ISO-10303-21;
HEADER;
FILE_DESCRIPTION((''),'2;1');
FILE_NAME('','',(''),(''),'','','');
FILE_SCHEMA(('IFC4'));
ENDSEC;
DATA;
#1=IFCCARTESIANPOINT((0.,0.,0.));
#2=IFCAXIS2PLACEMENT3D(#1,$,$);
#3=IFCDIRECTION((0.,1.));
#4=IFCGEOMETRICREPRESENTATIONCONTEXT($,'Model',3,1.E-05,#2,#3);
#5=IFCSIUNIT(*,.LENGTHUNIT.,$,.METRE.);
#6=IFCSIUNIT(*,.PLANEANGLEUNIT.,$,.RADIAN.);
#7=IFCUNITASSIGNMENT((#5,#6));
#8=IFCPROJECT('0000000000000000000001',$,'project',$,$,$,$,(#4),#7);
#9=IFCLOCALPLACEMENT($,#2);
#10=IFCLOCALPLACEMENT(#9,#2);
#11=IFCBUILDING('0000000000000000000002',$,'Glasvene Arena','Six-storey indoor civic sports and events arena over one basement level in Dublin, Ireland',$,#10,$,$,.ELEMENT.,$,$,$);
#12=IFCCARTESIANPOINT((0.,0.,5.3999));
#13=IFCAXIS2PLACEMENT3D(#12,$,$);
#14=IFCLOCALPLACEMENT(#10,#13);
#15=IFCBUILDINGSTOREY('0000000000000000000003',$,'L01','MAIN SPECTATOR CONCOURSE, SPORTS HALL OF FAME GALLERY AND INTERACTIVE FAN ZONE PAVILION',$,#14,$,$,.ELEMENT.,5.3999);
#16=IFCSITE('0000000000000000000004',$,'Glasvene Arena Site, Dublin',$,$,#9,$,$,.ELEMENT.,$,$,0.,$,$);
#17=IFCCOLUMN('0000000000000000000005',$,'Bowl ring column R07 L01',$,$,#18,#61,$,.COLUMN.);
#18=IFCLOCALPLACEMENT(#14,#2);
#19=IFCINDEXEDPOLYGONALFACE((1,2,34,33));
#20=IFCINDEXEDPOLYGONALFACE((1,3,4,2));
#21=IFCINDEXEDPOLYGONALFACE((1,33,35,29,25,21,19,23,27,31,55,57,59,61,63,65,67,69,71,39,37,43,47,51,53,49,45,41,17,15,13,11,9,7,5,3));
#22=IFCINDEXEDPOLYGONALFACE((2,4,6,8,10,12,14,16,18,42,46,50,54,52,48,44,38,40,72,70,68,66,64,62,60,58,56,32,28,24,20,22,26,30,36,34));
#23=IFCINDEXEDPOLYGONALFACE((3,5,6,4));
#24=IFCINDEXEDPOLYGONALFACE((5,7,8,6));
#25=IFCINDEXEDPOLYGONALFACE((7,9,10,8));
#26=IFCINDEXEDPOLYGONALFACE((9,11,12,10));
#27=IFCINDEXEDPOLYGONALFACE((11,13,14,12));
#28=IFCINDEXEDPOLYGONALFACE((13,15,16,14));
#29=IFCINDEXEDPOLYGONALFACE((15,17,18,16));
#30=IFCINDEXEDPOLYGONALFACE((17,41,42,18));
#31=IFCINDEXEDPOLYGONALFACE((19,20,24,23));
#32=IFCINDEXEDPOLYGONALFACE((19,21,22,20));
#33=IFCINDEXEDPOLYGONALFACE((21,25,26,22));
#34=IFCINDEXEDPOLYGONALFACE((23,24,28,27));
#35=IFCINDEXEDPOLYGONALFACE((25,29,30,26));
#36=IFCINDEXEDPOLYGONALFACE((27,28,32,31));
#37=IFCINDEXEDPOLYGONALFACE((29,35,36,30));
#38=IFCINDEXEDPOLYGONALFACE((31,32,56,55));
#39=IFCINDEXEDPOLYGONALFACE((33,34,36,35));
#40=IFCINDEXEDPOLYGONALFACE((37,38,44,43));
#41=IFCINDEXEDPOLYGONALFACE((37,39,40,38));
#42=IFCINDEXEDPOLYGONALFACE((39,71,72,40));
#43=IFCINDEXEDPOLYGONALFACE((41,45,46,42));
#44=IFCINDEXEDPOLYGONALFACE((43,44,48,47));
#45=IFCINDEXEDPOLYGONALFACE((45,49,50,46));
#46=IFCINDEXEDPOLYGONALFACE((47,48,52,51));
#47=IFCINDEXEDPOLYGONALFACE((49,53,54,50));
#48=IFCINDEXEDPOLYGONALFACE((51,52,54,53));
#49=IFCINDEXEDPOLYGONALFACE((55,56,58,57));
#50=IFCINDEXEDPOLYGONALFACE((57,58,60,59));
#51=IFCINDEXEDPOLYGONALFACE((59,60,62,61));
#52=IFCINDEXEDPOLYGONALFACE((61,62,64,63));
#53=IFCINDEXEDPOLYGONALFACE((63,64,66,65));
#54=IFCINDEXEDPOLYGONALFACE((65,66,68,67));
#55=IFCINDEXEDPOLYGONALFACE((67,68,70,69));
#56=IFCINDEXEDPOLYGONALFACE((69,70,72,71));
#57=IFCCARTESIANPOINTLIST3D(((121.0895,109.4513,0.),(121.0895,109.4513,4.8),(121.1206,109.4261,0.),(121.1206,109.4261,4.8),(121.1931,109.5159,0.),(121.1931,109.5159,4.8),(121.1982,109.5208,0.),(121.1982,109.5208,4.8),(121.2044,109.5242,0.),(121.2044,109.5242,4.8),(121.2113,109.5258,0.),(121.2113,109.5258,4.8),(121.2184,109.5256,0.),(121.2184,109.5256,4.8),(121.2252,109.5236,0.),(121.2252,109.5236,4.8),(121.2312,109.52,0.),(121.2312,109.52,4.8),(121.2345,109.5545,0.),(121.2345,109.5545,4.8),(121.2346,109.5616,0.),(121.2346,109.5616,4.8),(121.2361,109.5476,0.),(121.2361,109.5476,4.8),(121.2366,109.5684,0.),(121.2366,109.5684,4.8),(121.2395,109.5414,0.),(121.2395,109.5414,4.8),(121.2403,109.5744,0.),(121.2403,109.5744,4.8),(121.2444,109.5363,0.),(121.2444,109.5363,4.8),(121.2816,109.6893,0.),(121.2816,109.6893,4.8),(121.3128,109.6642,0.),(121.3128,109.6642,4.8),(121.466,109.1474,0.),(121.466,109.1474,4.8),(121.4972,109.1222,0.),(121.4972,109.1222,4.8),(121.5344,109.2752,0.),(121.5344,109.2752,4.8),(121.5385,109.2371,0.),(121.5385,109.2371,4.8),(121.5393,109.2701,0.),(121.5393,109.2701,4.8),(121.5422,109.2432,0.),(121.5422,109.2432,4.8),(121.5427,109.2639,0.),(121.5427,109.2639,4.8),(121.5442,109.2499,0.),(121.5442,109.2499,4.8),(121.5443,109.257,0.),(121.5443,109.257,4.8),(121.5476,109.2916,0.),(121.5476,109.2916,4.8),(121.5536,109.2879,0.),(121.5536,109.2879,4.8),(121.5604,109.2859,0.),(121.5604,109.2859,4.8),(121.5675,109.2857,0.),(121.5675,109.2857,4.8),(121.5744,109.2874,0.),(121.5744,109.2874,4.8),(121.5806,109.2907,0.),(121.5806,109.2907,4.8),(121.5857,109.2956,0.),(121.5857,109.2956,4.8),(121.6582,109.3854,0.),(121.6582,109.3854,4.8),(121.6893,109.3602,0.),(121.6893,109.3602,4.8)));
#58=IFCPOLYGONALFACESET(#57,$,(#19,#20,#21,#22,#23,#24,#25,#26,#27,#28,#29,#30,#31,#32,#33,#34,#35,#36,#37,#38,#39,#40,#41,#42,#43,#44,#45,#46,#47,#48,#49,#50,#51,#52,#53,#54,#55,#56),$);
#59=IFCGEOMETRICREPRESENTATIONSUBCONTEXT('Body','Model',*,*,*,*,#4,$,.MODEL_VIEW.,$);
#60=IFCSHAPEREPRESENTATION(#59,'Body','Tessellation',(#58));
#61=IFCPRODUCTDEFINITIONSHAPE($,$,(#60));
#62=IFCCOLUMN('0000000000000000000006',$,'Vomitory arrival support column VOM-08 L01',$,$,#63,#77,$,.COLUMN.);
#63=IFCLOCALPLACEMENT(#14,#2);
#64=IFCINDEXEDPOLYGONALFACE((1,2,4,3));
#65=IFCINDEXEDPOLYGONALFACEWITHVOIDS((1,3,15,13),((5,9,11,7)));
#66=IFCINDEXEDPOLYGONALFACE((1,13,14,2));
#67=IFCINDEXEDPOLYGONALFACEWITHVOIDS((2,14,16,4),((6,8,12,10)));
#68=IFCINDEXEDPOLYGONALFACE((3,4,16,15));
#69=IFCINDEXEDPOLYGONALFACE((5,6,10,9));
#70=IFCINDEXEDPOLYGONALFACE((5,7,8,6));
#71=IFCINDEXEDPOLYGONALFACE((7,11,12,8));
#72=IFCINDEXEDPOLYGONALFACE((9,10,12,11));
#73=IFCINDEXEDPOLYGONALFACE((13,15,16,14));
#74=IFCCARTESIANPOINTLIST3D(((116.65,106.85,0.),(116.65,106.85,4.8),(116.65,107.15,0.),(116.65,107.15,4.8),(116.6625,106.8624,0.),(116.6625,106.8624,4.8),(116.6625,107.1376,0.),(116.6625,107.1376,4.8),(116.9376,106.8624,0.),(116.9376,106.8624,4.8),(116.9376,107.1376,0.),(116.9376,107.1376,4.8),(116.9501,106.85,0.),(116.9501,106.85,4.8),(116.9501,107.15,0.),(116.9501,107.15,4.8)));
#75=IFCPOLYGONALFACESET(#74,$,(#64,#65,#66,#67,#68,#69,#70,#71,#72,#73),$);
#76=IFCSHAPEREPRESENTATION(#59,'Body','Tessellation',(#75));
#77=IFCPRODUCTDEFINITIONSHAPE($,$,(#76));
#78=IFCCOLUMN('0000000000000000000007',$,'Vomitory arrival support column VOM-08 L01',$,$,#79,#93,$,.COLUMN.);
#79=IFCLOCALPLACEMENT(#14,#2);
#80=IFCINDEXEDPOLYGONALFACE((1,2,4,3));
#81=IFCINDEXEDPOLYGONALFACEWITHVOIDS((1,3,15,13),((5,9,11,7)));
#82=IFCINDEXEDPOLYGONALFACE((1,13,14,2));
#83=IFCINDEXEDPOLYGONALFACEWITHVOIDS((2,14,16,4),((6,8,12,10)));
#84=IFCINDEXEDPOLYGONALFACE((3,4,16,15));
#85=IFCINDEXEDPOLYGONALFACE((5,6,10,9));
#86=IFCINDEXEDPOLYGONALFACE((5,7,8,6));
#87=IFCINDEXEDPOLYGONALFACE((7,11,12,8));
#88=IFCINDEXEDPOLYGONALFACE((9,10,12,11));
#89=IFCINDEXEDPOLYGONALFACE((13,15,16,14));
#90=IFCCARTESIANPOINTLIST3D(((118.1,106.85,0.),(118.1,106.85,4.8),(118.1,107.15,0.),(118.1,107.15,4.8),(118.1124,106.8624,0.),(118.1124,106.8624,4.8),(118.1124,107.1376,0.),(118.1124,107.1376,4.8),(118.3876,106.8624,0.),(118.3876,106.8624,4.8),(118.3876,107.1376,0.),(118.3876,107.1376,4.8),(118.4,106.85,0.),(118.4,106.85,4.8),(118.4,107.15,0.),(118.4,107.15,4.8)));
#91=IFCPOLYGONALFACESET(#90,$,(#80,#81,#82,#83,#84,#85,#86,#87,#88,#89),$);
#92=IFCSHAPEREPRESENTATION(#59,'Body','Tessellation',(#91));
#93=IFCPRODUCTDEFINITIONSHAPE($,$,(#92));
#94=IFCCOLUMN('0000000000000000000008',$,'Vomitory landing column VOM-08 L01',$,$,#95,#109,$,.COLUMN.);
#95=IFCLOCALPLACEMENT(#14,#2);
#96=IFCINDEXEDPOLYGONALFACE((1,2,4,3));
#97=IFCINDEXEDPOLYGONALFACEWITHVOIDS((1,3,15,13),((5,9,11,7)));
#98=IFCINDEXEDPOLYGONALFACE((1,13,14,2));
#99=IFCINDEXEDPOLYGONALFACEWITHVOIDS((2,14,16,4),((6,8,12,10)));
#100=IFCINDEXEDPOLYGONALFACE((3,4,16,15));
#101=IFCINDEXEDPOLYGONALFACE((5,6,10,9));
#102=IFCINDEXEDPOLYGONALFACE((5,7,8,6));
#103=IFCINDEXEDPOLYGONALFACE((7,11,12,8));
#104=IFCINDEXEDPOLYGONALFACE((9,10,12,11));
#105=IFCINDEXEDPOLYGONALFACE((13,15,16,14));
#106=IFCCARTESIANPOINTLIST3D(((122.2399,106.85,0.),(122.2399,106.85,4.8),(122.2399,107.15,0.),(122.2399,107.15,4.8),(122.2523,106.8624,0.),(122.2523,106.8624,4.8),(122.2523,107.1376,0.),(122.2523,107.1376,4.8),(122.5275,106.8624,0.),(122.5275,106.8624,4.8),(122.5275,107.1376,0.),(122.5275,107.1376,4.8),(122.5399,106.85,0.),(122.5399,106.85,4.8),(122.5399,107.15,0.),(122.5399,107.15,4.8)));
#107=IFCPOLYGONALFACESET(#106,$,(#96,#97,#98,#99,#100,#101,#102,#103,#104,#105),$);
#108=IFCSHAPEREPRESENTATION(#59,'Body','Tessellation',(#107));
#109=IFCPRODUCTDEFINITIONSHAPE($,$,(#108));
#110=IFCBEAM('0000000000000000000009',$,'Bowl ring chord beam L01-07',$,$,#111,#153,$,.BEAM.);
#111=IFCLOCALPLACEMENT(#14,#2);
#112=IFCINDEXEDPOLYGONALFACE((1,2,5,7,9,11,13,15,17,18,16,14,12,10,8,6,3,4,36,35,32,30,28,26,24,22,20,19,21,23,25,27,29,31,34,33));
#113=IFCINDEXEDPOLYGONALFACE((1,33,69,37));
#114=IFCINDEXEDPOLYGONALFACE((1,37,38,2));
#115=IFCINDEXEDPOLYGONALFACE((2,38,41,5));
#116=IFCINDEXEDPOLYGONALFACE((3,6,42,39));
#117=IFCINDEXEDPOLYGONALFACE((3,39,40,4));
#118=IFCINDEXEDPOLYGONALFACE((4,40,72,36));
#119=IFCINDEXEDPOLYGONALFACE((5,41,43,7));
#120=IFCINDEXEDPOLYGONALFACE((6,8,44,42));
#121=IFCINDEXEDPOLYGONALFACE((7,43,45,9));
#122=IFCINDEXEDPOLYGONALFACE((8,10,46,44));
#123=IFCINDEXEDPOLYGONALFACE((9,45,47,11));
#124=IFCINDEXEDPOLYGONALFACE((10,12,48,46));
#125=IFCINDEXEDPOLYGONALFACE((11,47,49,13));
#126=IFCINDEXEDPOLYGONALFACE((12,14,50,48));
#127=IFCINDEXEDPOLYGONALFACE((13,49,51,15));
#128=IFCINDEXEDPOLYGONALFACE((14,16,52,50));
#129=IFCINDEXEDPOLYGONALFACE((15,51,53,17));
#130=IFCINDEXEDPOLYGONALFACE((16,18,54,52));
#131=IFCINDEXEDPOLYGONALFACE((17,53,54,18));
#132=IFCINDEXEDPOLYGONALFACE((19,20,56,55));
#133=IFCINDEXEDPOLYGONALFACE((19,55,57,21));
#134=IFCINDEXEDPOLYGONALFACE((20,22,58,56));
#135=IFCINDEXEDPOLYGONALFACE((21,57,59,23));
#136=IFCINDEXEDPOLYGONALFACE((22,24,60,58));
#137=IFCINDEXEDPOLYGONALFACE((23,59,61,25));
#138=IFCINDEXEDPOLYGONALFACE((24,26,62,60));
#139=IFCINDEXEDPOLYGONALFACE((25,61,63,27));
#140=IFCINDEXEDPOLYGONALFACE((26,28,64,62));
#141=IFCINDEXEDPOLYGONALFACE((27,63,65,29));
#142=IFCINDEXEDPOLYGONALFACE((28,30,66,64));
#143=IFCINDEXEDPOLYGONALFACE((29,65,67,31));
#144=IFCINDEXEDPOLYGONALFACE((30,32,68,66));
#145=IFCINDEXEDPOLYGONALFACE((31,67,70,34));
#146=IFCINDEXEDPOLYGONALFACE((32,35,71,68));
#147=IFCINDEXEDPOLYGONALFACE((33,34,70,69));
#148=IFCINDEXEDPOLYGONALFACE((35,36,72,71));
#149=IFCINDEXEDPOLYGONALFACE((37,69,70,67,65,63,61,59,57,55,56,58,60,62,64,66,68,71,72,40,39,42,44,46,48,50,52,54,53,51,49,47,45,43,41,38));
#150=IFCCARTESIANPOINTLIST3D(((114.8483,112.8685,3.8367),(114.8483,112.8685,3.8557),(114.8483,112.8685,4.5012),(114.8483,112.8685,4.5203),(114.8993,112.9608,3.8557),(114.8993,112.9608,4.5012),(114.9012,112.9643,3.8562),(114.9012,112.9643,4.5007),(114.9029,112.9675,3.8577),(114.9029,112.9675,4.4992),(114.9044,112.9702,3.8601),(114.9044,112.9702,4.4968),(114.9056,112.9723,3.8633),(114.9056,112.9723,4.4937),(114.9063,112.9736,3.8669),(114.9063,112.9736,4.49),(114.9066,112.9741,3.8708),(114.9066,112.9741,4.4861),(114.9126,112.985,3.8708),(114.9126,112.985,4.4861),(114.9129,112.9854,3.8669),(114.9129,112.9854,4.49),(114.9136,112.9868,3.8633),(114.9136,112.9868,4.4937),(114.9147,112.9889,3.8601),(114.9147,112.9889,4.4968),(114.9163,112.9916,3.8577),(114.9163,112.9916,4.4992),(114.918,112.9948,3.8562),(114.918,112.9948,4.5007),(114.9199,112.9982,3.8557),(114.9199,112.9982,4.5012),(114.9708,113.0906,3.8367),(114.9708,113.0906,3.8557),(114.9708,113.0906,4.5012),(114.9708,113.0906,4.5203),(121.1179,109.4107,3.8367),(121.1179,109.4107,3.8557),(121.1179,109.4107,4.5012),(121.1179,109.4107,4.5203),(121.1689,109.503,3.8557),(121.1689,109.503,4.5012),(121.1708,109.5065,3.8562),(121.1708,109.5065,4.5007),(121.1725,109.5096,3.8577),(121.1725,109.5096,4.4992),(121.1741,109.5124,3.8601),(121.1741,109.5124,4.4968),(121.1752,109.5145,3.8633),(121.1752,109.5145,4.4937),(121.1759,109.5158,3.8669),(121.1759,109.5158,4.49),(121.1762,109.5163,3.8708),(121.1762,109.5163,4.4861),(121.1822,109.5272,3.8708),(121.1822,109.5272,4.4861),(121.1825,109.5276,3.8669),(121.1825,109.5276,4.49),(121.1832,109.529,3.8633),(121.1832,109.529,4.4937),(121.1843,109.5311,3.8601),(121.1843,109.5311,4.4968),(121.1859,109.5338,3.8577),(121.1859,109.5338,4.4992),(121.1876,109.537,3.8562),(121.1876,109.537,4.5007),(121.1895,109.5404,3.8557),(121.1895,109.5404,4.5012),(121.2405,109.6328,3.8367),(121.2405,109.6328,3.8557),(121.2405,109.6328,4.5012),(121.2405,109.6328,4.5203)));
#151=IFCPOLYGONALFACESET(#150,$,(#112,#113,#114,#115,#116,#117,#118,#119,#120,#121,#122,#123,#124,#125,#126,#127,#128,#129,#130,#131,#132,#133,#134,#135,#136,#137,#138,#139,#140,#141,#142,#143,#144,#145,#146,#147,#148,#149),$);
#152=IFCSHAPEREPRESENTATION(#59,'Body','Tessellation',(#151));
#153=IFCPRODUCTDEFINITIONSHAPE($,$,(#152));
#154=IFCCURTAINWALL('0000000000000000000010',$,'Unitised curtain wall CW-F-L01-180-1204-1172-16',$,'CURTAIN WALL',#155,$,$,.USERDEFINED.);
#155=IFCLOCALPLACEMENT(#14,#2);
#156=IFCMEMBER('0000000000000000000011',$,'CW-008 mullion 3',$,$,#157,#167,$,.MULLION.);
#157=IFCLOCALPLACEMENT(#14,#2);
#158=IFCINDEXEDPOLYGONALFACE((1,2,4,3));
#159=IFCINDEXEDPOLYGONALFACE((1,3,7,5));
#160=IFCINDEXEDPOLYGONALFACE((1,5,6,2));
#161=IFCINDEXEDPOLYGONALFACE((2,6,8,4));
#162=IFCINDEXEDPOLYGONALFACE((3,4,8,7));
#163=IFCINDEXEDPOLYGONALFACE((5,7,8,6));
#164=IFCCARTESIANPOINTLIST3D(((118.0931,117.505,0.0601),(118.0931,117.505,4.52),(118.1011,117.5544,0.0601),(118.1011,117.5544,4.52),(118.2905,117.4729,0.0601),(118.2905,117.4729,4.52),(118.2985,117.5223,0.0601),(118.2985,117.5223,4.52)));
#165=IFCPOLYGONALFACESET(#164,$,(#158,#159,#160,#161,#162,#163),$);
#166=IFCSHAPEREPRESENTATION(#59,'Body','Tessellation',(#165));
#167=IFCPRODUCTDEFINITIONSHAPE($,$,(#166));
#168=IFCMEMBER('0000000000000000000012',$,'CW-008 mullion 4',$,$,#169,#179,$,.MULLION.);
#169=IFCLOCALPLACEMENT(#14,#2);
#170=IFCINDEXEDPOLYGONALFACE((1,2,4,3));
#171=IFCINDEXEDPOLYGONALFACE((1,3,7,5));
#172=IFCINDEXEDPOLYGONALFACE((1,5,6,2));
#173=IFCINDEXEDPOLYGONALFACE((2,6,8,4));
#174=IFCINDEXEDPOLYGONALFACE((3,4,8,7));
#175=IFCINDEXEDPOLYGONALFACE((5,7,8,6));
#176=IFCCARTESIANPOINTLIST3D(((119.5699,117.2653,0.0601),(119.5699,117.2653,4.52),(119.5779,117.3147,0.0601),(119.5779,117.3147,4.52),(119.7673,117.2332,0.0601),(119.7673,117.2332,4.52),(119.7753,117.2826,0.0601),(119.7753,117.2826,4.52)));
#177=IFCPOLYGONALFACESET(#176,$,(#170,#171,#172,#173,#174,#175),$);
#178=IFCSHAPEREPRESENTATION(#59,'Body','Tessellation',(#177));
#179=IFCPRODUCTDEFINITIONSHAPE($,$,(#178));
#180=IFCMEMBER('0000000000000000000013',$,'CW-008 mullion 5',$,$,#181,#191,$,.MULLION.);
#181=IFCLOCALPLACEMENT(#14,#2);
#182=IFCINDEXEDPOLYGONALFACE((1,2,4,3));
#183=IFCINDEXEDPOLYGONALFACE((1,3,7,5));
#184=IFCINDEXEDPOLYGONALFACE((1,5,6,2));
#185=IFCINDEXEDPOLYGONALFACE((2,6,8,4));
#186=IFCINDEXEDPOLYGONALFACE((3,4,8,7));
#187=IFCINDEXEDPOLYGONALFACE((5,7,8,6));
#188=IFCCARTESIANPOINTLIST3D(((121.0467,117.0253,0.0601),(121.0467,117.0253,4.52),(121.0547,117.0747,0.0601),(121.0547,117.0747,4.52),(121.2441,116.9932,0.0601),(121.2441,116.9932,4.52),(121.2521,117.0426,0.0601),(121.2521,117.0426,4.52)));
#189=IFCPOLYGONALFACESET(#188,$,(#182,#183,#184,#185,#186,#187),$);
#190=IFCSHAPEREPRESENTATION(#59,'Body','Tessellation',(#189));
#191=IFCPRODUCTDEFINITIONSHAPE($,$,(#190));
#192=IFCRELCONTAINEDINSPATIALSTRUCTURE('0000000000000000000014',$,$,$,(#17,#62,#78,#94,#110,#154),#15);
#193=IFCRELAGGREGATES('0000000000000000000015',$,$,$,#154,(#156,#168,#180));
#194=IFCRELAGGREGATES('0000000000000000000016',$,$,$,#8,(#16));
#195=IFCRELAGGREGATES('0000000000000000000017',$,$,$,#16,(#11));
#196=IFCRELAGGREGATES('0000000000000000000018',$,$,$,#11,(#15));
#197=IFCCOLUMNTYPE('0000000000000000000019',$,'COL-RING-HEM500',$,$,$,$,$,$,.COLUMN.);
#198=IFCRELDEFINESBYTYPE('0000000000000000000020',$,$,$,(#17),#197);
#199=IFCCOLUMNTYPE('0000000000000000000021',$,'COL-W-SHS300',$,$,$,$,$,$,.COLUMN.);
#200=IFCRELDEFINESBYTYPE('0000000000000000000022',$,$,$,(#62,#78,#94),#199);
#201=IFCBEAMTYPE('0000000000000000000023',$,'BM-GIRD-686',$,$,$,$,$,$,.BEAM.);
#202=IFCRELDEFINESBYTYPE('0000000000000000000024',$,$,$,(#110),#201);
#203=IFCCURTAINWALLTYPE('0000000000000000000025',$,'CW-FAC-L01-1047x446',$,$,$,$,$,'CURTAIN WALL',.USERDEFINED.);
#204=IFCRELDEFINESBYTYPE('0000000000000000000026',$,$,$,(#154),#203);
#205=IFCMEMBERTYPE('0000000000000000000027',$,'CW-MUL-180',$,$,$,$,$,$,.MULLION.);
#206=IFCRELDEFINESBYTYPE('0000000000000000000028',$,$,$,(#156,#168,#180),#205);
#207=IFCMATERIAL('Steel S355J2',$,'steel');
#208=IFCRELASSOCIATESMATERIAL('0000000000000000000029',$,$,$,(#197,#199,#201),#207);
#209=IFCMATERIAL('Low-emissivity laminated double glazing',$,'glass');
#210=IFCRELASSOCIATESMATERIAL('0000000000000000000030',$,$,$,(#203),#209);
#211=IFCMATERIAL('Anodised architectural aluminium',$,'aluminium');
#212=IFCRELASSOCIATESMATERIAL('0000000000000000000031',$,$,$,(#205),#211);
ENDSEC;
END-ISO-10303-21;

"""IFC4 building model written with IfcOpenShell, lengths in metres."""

from ifc_helpers import new_model, si_unit, direction, frame, origin, origin_2d, place, context, subcontext, project, spatial, rectangle, hollow_rectangle, i_section, extrude, material, material_profile, profile_set, type_object, element, aggregate, save


model = new_model("IFC4")

# Units and contexts
model_context = context("Model", 3, precision=1e-05, world=origin(), true_north=direction((0.0, 1.0)))
body_context = subcontext(model_context, "Body", "Model", "MODEL_VIEW")
ifc_project = project(units=[si_unit("LENGTHUNIT", "METRE"), si_unit("PLANEANGLEUNIT", "RADIAN")], contexts=[model_context])

# Site, building, storey
site_placement = place(None, origin())
site = spatial("IfcSite", under=ifc_project, at=site_placement, Name="Glasvene Arena Site, Dublin", CompositionType="ELEMENT", RefElevation=0.0)
building_placement = place(site_placement, origin())
building = spatial("IfcBuilding", under=site, at=building_placement, Name="Glasvene Arena", Description="Six-storey indoor civic sports and events arena over one basement level in Dublin, Ireland", CompositionType="ELEMENT")
storey_placement = place(building_placement, frame((0.0, 0.0, 5.3999)))
storey = spatial("IfcBuildingStorey", under=building, at=storey_placement, Name="L01", Description="MAIN SPECTATOR CONCOURSE, SPORTS HALL OF FAME GALLERY AND INTERACTIVE FAN ZONE PAVILION", CompositionType="ELEMENT", Elevation=5.3999)

# Columns
ifc_material_1 = material(Name="Steel S355J2", Category="steel")
ifc_material_profile_1 = material_profile(ifc_material_1, i_section(OverallWidth=0.3059, OverallDepth=0.5239, WebThickness=0.021, FlangeThickness=0.04, FilletRadius=0.0271, at=origin_2d()), Name="HEM 500")
ifc_profile_set_1 = profile_set([ifc_material_profile_1], Name="Steel S355J2")
column_type_1 = type_object("IfcColumnType", Name="COL-RING-HEM500", PredefinedType="COLUMN", material=ifc_profile_set_1)
column_placement = place(storey_placement, frame((121.3894, 109.4058, 0.0), z_axis=(0.0, 0.0, 1.0), x_axis=(0.628099, 0.778134, 0.0)))
element("IfcColumn", 1, at=column_placement, inside=storey, type_object=column_type_1, Name="Bowl ring column R07 L01", PredefinedType="COLUMN", context=body_context, shape_type="SweptSolid", body=[
    extrude(i_section(OverallWidth=0.3059, OverallDepth=0.5239, WebThickness=0.021, FlangeThickness=0.04, FilletRadius=0.0271, at=origin_2d()), origin(), (0.0, 0.0, 1.0), 4.8),
])
ifc_material_profile_2 = material_profile(ifc_material_1, hollow_rectangle(XDim=0.3, YDim=0.3, WallThickness=0.0125, at=origin_2d()), Name="SHS 300x300x12.5")
ifc_profile_set_2 = profile_set([ifc_material_profile_2], Name="Steel S355J2")
column_type_2 = type_object("IfcColumnType", Name="COL-W-SHS300", PredefinedType="COLUMN", material=ifc_profile_set_2)
for number, where, z_axis, x_axis, name in (
    (2, (116.8, 107.0, 0.0), (0.0, 0.0, 1.0), (1.0, 0.0, 0.0), "Vomitory arrival support column VOM-08 L01"),
    (3, (118.25, 107.0, 0.0), (0.0, 0.0, 1.0), (1.0, 0.0, 0.0), "Vomitory arrival support column VOM-08 L01"),
    (4, (122.3899, 107.0, 0.0), (0.0, 0.0, 1.0), (1.0, 0.0, 0.0), "Vomitory landing column VOM-08 L01"),
):
    element("IfcColumn", number, at=place(storey_placement, frame(where, z_axis=z_axis, x_axis=x_axis)), inside=storey, type_object=column_type_2, Name=name, PredefinedType="COLUMN", context=body_context, shape_type="SweptSolid", body=[
        extrude(hollow_rectangle(XDim=0.3, YDim=0.3, WallThickness=0.0125, at=origin_2d()), origin(), (0.0, 0.0, 1.0), 4.8),
    ])

# Beam
ifc_material_profile_3 = material_profile(ifc_material_1, i_section(OverallWidth=0.2537, OverallDepth=0.6836, WebThickness=0.0125, FlangeThickness=0.019, FilletRadius=0.0151, at=origin_2d()), Name="UKB 686x254x140")
ifc_profile_set_3 = profile_set([ifc_material_profile_3], Name="Steel S355J2")
beam_type = type_object("IfcBeamType", Name="BM-GIRD-686", PredefinedType="BEAM", material=ifc_profile_set_3)
beam_placement = place(storey_placement, frame((121.1792, 109.5217, 4.1785), z_axis=(-0.875654, 0.482939, 0.0), x_axis=(-0.482939, -0.875654, 0.0)))
element("IfcBeam", 5, at=beam_placement, inside=storey, type_object=beam_type, Name="Bowl ring chord beam L01-07", PredefinedType="BEAM", context=body_context, shape_type="SweptSolid", body=[
    extrude(i_section(OverallWidth=0.2537, OverallDepth=0.6836, WebThickness=0.0125, FlangeThickness=0.019, FilletRadius=0.0151, at=origin_2d()), origin(), (0.0, 0.0, 1.0), 7.1599),
])

# Curtain wall, members
ifc_material_2 = material(Name="Low-emissivity laminated double glazing", Category="glass")
curtain_wall_type = type_object("IfcCurtainWallType", Name="CW-FAC-L01-1047x446", ElementType="CURTAIN WALL", PredefinedType="USERDEFINED", material=ifc_material_2)
curtain_wall_placement = place(storey_placement, frame((115.2424, 117.9937, 0.0)))
curtain_wall = element("IfcCurtainWall", 6, at=curtain_wall_placement, inside=storey, type_object=curtain_wall_type, Name="Unitised curtain wall CW-F-L01-180-1204-1172-16", ObjectType="CURTAIN WALL", PredefinedType="USERDEFINED")
ifc_material_3 = material(Name="Anodised architectural aluminium", Category="aluminium")
ifc_material_profile_4 = material_profile(ifc_material_3, rectangle(XDim=0.05, YDim=0.2, at=origin_2d()), Name="ALU MULLION 50x200")
ifc_profile_set_4 = profile_set([ifc_material_profile_4], Name="Anodised architectural aluminium")
member_type_1 = type_object("IfcMemberType", Name="CW-MUL-180", PredefinedType="MULLION", material=ifc_profile_set_4)
member_1_placement = place(storey_placement, frame((118.1958, 117.5137, 0.0601), z_axis=(0.0, 0.0, 1.0), x_axis=(0.160367, 0.987057, 0.0)))
member_1 = element("IfcMember", 7, at=member_1_placement, type_object=member_type_1, Name="CW-008 mullion 3", PredefinedType="MULLION", context=body_context, shape_type="SweptSolid", body=[
    extrude(rectangle(XDim=0.05, YDim=0.2, at=origin_2d()), origin(), (0.0, 0.0, 1.0), 4.46),
])
member_2_placement = place(storey_placement, frame((119.6726, 117.2739, 0.0601), z_axis=(0.0, 0.0, 1.0), x_axis=(0.160367, 0.987057, 0.0)))
member_2 = element("IfcMember", 8, at=member_2_placement, type_object=member_type_1, Name="CW-008 mullion 4", PredefinedType="MULLION", context=body_context, shape_type="SweptSolid", body=[
    extrude(rectangle(XDim=0.05, YDim=0.2, at=origin_2d()), origin(), (0.0, 0.0, 1.0), 4.46),
])
member_3_placement = place(storey_placement, frame((121.1494, 117.0339, 0.0601), z_axis=(0.0, 0.0, 1.0), x_axis=(0.160367, 0.987057, 0.0)))
member_3 = element("IfcMember", 9, at=member_3_placement, type_object=member_type_1, Name="CW-008 mullion 5", PredefinedType="MULLION", context=body_context, shape_type="SweptSolid", body=[
    extrude(rectangle(XDim=0.05, YDim=0.2, at=origin_2d()), origin(), (0.0, 0.0, 1.0), 4.46),
])
aggregate(curtain_wall, [member_1, member_2, member_3])

save(model, "model.ifc")
